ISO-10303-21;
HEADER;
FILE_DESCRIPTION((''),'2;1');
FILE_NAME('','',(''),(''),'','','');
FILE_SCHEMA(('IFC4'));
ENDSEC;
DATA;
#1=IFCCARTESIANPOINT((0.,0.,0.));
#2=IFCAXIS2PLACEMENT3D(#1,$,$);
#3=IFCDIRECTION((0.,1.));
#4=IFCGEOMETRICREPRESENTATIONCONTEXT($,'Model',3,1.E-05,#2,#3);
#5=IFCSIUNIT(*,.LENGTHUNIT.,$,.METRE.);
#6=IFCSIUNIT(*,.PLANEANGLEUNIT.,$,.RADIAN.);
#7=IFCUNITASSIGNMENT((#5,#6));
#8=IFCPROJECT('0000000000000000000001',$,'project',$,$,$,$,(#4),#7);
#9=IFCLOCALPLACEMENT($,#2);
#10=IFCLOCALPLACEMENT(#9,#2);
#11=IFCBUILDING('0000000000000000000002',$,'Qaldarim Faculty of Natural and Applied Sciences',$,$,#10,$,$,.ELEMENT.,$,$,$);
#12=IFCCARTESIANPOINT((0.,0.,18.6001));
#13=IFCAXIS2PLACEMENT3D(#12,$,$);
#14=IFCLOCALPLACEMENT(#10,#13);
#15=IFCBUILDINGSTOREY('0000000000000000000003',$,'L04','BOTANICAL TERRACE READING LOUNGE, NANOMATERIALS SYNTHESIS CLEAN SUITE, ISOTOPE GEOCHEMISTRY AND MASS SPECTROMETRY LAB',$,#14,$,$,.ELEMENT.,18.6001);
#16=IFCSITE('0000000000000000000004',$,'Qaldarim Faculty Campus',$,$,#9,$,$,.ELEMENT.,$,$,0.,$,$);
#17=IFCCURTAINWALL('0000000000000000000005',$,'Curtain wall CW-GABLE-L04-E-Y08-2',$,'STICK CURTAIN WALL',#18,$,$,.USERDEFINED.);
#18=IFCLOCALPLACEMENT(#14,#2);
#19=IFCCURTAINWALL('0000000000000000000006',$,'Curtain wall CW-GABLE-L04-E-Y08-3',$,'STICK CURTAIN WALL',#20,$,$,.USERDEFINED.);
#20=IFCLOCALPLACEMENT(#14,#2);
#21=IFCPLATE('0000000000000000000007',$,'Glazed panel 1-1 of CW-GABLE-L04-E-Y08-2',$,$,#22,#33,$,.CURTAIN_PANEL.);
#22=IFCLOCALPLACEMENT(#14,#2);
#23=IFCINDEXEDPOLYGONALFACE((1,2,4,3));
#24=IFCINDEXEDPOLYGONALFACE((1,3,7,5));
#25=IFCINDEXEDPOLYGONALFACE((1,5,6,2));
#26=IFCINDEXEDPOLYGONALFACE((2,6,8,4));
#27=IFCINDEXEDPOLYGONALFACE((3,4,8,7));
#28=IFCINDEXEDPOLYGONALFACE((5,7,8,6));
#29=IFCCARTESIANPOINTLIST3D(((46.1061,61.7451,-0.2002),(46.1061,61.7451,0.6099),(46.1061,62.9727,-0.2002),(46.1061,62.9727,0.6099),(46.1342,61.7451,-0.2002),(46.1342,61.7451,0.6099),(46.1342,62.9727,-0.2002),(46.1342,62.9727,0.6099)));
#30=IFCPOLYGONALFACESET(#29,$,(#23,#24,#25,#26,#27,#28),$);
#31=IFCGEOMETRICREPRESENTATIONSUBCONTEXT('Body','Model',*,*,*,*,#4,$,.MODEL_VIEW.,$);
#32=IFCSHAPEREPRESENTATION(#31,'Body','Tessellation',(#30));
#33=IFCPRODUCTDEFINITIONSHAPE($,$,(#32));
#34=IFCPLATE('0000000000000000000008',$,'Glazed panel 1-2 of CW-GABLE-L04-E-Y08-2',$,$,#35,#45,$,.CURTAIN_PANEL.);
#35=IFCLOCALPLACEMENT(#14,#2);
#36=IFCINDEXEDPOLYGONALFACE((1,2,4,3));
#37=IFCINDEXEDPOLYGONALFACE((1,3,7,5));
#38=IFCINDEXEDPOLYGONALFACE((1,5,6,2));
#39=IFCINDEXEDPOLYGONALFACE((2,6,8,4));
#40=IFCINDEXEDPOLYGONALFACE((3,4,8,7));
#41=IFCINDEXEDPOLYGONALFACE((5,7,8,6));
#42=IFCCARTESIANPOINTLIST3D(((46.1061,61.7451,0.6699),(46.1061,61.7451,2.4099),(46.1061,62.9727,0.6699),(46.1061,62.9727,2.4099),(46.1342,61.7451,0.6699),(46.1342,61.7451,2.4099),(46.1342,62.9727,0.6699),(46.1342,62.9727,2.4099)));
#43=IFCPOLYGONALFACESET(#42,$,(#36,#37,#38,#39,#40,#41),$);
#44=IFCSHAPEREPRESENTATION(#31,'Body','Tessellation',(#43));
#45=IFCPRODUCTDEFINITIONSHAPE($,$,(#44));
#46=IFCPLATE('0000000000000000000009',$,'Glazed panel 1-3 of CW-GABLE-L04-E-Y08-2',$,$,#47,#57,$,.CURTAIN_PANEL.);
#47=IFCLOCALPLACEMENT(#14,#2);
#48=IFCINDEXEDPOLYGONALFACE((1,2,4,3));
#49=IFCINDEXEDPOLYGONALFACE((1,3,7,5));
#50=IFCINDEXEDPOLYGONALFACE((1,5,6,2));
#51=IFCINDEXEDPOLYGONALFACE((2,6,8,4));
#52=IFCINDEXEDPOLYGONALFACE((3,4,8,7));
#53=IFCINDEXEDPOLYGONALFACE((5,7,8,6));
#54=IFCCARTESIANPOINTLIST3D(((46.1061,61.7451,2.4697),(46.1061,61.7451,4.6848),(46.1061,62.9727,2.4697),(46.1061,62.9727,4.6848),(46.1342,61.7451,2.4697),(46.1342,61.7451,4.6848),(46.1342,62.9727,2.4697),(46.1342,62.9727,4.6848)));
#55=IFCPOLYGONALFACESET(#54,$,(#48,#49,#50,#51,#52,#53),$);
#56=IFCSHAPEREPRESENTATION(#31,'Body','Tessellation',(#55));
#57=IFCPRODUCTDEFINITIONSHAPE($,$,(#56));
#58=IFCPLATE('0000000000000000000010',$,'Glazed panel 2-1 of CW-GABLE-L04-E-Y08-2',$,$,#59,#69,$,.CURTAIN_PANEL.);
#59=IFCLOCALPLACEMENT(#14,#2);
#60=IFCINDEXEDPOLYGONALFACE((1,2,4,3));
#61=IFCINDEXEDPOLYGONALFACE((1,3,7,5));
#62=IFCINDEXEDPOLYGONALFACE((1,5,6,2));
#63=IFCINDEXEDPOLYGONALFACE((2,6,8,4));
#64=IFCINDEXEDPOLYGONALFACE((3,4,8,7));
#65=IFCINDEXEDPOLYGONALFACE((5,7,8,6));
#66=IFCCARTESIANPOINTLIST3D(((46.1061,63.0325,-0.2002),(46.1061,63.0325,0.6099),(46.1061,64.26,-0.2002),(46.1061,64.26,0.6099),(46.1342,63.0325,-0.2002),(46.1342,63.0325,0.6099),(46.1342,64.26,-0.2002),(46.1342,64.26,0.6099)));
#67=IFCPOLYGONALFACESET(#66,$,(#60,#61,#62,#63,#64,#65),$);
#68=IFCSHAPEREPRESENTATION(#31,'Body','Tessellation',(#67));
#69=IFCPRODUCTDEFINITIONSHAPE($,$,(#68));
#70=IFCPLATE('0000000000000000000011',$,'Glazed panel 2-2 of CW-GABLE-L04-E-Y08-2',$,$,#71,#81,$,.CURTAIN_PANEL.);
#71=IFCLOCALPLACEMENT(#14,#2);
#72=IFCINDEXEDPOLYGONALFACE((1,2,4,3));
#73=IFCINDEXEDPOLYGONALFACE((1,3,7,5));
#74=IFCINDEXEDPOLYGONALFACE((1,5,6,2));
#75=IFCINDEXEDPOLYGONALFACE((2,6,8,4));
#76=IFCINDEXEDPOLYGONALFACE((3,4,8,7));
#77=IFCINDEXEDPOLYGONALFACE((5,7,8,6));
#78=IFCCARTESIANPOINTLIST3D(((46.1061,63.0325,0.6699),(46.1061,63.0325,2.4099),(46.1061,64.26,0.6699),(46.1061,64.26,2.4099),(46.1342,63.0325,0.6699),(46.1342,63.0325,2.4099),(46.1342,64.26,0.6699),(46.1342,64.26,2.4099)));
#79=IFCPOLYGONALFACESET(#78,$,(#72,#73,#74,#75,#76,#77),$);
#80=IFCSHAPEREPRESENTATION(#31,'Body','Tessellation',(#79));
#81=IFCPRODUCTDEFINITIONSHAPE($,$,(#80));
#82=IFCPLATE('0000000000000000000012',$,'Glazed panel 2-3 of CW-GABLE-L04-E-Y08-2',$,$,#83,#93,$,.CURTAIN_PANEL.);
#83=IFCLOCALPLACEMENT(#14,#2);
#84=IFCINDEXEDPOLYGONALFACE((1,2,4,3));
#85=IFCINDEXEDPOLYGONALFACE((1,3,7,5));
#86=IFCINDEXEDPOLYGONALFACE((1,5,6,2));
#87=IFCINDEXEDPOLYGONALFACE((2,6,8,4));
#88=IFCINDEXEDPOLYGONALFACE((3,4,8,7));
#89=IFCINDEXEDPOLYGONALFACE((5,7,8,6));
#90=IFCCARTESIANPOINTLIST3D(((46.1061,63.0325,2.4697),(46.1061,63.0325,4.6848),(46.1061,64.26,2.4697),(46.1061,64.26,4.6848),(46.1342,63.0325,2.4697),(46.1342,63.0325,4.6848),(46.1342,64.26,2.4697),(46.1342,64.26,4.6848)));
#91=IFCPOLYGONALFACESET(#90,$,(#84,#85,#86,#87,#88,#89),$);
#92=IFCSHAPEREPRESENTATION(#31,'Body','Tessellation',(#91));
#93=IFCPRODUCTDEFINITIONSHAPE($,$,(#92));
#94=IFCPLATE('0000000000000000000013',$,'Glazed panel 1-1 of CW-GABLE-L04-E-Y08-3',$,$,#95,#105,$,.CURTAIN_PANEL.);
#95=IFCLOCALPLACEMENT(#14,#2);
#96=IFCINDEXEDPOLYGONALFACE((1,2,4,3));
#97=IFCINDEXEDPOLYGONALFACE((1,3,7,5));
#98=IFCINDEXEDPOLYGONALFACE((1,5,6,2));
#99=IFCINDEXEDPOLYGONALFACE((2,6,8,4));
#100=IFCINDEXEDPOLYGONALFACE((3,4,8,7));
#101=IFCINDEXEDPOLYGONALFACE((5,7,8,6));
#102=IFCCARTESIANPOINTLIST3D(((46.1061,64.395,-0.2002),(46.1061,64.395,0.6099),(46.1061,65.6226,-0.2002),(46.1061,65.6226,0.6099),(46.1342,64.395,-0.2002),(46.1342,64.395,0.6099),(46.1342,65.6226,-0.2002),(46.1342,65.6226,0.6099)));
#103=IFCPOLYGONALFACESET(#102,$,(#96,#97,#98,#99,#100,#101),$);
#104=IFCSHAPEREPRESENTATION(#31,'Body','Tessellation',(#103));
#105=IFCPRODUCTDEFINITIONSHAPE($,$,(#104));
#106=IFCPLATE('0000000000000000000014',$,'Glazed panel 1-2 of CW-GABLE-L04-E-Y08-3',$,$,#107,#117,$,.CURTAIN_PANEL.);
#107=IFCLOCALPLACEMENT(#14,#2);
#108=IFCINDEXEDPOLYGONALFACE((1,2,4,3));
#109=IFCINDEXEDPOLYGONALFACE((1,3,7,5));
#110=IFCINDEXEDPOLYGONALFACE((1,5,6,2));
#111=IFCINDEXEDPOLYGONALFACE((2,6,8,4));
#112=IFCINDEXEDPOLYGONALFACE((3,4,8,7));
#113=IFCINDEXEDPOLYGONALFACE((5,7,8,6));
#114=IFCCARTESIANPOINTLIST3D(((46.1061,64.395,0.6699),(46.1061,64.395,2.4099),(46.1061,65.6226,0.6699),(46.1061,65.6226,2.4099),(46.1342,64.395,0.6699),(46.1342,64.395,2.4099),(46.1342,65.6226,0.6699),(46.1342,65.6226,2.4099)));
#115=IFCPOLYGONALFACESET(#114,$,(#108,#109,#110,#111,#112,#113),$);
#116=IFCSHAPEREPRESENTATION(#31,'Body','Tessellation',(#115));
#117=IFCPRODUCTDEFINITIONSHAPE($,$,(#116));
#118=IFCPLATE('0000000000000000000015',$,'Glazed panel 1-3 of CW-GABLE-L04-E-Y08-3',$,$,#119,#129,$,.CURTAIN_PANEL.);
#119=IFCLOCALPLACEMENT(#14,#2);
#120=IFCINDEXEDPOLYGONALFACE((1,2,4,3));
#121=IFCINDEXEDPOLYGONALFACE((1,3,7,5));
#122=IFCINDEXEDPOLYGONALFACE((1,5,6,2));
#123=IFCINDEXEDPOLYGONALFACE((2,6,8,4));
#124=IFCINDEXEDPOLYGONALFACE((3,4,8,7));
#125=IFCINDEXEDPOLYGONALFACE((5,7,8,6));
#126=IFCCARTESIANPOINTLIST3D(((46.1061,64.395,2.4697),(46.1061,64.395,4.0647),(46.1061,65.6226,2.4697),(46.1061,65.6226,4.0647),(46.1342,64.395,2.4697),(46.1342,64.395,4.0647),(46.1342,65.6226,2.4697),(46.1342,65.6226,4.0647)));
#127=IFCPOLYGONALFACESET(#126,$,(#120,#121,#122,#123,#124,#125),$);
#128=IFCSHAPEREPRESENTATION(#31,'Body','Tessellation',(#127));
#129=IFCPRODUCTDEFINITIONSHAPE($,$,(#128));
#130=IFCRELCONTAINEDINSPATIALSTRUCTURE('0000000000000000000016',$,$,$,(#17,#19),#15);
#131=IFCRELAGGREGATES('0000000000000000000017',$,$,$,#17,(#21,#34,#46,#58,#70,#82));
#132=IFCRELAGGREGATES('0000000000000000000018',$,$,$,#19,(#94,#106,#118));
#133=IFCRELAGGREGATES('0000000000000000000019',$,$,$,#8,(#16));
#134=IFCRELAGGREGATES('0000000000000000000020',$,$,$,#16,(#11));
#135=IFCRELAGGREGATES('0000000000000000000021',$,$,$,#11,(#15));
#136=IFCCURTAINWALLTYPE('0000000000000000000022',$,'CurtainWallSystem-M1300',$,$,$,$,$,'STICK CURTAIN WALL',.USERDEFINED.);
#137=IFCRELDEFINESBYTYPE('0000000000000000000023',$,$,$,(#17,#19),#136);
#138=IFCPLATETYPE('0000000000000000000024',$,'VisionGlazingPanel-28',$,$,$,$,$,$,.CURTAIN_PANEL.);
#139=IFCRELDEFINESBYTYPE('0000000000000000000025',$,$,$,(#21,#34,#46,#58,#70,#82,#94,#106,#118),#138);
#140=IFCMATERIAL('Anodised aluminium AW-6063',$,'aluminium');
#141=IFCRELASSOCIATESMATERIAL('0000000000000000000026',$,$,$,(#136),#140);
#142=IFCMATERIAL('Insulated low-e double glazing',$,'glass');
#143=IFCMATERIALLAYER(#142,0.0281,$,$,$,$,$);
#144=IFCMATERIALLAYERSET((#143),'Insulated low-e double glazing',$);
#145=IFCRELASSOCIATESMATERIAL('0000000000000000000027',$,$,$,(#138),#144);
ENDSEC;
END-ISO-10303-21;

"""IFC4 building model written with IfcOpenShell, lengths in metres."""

from ifc_helpers import new_model, si_unit, direction, frame, origin, origin_2d, place, context, subcontext, project, spatial, rectangle, extrude, material, layer, layer_set, type_object, element, aggregate, save


model = new_model("IFC4")

# Units and contexts
model_context = context("Model", 3, precision=1e-05, world=origin(), true_north=direction((0.0, 1.0)))
body_context = subcontext(model_context, "Body", "Model", "MODEL_VIEW")
ifc_project = project(units=[si_unit("LENGTHUNIT", "METRE"), si_unit("PLANEANGLEUNIT", "RADIAN")], contexts=[model_context])

# Site, building, storey
site_placement = place(None, origin())
site = spatial("IfcSite", under=ifc_project, at=site_placement, Name="Qaldarim Faculty Campus", CompositionType="ELEMENT", RefElevation=0.0)
building_placement = place(site_placement, origin())
building = spatial("IfcBuilding", under=site, at=building_placement, Name="Qaldarim Faculty of Natural and Applied Sciences", CompositionType="ELEMENT")
storey_placement = place(building_placement, frame((0.0, 0.0, 18.6001)))
storey = spatial("IfcBuildingStorey", under=building, at=storey_placement, Name="L04", Description="BOTANICAL TERRACE READING LOUNGE, NANOMATERIALS SYNTHESIS CLEAN SUITE, ISOTOPE GEOCHEMISTRY AND MASS SPECTROMETRY LAB", CompositionType="ELEMENT", Elevation=18.6001)

# Curtain walls
ifc_material_1 = material(Name="Anodised aluminium AW-6063", Category="aluminium")
curtain_wall_type = type_object("IfcCurtainWallType", Name="CurtainWallSystem-M1300", ElementType="STICK CURTAIN WALL", PredefinedType="USERDEFINED", material=ifc_material_1)
curtain_wall_1_placement = place(storey_placement, origin())
curtain_wall_1 = element("IfcCurtainWall", 1, at=curtain_wall_1_placement, inside=storey, type_object=curtain_wall_type, Name="Curtain wall CW-GABLE-L04-E-Y08-2", ObjectType="STICK CURTAIN WALL", PredefinedType="USERDEFINED")
curtain_wall_2_placement = place(storey_placement, origin())
curtain_wall_2 = element("IfcCurtainWall", 2, at=curtain_wall_2_placement, inside=storey, type_object=curtain_wall_type, Name="Curtain wall CW-GABLE-L04-E-Y08-3", ObjectType="STICK CURTAIN WALL", PredefinedType="USERDEFINED")

# Plates
ifc_material_2 = material(Name="Insulated low-e double glazing", Category="glass")
ifc_layer = layer(ifc_material_2, 0.0281)
ifc_layer_set = layer_set([ifc_layer], Name="Insulated low-e double glazing")
plate_type = type_object("IfcPlateType", Name="VisionGlazingPanel-28", PredefinedType="CURTAIN_PANEL", material=ifc_layer_set)
plate_1_placement = place(storey_placement, frame((46.1201, 62.3589, -0.2002), z_axis=(0.0, 0.0, 1.0), x_axis=(0.0, 1.0, 0.0)))
plate_1 = element("IfcPlate", 3, at=plate_1_placement, type_object=plate_type, Name="Glazed panel 1-1 of CW-GABLE-L04-E-Y08-2", PredefinedType="CURTAIN_PANEL", context=body_context, shape_type="SweptSolid", body=[
    extrude(rectangle(XDim=1.2275, YDim=0.0281, at=origin_2d()), origin(), (0.0, 0.0, 1.0), 0.8101),
])
plate_2_placement = place(storey_placement, frame((46.1201, 62.3589, 0.6699), z_axis=(0.0, 0.0, 1.0), x_axis=(0.0, 1.0, 0.0)))
plate_2 = element("IfcPlate", 4, at=plate_2_placement, type_object=plate_type, Name="Glazed panel 1-2 of CW-GABLE-L04-E-Y08-2", PredefinedType="CURTAIN_PANEL", context=body_context, shape_type="SweptSolid", body=[
    extrude(rectangle(XDim=1.2275, YDim=0.0281, at=origin_2d()), origin(), (0.0, 0.0, 1.0), 1.74),
])
plate_3_placement = place(storey_placement, frame((46.1201, 62.3589, 2.4697), z_axis=(0.0, 0.0, 1.0), x_axis=(0.0, 1.0, 0.0)))
plate_3 = element("IfcPlate", 5, at=plate_3_placement, type_object=plate_type, Name="Glazed panel 1-3 of CW-GABLE-L04-E-Y08-2", PredefinedType="CURTAIN_PANEL", context=body_context, shape_type="SweptSolid", body=[
    extrude(rectangle(XDim=1.2275, YDim=0.0281, at=origin_2d()), origin(), (0.0, 0.0, 1.0), 2.2151),
])
plate_4_placement = place(storey_placement, frame((46.1201, 63.6462, -0.2002), z_axis=(0.0, 0.0, 1.0), x_axis=(0.0, 1.0, 0.0)))
plate_4 = element("IfcPlate", 6, at=plate_4_placement, type_object=plate_type, Name="Glazed panel 2-1 of CW-GABLE-L04-E-Y08-2", PredefinedType="CURTAIN_PANEL", context=body_context, shape_type="SweptSolid", body=[
    extrude(rectangle(XDim=1.2275, YDim=0.0281, at=origin_2d()), origin(), (0.0, 0.0, 1.0), 0.8101),
])
plate_5_placement = place(storey_placement, frame((46.1201, 63.6462, 0.6699), z_axis=(0.0, 0.0, 1.0), x_axis=(0.0, 1.0, 0.0)))
plate_5 = element("IfcPlate", 7, at=plate_5_placement, type_object=plate_type, Name="Glazed panel 2-2 of CW-GABLE-L04-E-Y08-2", PredefinedType="CURTAIN_PANEL", context=body_context, shape_type="SweptSolid", body=[
    extrude(rectangle(XDim=1.2275, YDim=0.0281, at=origin_2d()), origin(), (0.0, 0.0, 1.0), 1.74),
])
plate_6_placement = place(storey_placement, frame((46.1201, 63.6462, 2.4697), z_axis=(0.0, 0.0, 1.0), x_axis=(0.0, 1.0, 0.0)))
plate_6 = element("IfcPlate", 8, at=plate_6_placement, type_object=plate_type, Name="Glazed panel 2-3 of CW-GABLE-L04-E-Y08-2", PredefinedType="CURTAIN_PANEL", context=body_context, shape_type="SweptSolid", body=[
    extrude(rectangle(XDim=1.2275, YDim=0.0281, at=origin_2d()), origin(), (0.0, 0.0, 1.0), 2.2151),
])
aggregate(curtain_wall_1, [plate_1, plate_2, plate_3, plate_4, plate_5, plate_6])
plate_7_placement = place(storey_placement, frame((46.1201, 65.0088, -0.2002), z_axis=(0.0, 0.0, 1.0), x_axis=(0.0, 1.0, 0.0)))
plate_7 = element("IfcPlate", 9, at=plate_7_placement, type_object=plate_type, Name="Glazed panel 1-1 of CW-GABLE-L04-E-Y08-3", PredefinedType="CURTAIN_PANEL", context=body_context, shape_type="SweptSolid", body=[
    extrude(rectangle(XDim=1.2275, YDim=0.0281, at=origin_2d()), origin(), (0.0, 0.0, 1.0), 0.8101),
])
plate_8_placement = place(storey_placement, frame((46.1201, 65.0088, 0.6699), z_axis=(0.0, 0.0, 1.0), x_axis=(0.0, 1.0, 0.0)))
plate_8 = element("IfcPlate", 10, at=plate_8_placement, type_object=plate_type, Name="Glazed panel 1-2 of CW-GABLE-L04-E-Y08-3", PredefinedType="CURTAIN_PANEL", context=body_context, shape_type="SweptSolid", body=[
    extrude(rectangle(XDim=1.2275, YDim=0.0281, at=origin_2d()), origin(), (0.0, 0.0, 1.0), 1.74),
])
plate_9_placement = place(storey_placement, frame((46.1201, 65.0088, 2.4697), z_axis=(0.0, 0.0, 1.0), x_axis=(0.0, 1.0, 0.0)))
plate_9 = element("IfcPlate", 11, at=plate_9_placement, type_object=plate_type, Name="Glazed panel 1-3 of CW-GABLE-L04-E-Y08-3", PredefinedType="CURTAIN_PANEL", context=body_context, shape_type="SweptSolid", body=[
    extrude(rectangle(XDim=1.2275, YDim=0.0281, at=origin_2d()), origin(), (0.0, 0.0, 1.0), 1.595),
])
aggregate(curtain_wall_2, [plate_7, plate_8, plate_9])

save(model, "model.ifc")
